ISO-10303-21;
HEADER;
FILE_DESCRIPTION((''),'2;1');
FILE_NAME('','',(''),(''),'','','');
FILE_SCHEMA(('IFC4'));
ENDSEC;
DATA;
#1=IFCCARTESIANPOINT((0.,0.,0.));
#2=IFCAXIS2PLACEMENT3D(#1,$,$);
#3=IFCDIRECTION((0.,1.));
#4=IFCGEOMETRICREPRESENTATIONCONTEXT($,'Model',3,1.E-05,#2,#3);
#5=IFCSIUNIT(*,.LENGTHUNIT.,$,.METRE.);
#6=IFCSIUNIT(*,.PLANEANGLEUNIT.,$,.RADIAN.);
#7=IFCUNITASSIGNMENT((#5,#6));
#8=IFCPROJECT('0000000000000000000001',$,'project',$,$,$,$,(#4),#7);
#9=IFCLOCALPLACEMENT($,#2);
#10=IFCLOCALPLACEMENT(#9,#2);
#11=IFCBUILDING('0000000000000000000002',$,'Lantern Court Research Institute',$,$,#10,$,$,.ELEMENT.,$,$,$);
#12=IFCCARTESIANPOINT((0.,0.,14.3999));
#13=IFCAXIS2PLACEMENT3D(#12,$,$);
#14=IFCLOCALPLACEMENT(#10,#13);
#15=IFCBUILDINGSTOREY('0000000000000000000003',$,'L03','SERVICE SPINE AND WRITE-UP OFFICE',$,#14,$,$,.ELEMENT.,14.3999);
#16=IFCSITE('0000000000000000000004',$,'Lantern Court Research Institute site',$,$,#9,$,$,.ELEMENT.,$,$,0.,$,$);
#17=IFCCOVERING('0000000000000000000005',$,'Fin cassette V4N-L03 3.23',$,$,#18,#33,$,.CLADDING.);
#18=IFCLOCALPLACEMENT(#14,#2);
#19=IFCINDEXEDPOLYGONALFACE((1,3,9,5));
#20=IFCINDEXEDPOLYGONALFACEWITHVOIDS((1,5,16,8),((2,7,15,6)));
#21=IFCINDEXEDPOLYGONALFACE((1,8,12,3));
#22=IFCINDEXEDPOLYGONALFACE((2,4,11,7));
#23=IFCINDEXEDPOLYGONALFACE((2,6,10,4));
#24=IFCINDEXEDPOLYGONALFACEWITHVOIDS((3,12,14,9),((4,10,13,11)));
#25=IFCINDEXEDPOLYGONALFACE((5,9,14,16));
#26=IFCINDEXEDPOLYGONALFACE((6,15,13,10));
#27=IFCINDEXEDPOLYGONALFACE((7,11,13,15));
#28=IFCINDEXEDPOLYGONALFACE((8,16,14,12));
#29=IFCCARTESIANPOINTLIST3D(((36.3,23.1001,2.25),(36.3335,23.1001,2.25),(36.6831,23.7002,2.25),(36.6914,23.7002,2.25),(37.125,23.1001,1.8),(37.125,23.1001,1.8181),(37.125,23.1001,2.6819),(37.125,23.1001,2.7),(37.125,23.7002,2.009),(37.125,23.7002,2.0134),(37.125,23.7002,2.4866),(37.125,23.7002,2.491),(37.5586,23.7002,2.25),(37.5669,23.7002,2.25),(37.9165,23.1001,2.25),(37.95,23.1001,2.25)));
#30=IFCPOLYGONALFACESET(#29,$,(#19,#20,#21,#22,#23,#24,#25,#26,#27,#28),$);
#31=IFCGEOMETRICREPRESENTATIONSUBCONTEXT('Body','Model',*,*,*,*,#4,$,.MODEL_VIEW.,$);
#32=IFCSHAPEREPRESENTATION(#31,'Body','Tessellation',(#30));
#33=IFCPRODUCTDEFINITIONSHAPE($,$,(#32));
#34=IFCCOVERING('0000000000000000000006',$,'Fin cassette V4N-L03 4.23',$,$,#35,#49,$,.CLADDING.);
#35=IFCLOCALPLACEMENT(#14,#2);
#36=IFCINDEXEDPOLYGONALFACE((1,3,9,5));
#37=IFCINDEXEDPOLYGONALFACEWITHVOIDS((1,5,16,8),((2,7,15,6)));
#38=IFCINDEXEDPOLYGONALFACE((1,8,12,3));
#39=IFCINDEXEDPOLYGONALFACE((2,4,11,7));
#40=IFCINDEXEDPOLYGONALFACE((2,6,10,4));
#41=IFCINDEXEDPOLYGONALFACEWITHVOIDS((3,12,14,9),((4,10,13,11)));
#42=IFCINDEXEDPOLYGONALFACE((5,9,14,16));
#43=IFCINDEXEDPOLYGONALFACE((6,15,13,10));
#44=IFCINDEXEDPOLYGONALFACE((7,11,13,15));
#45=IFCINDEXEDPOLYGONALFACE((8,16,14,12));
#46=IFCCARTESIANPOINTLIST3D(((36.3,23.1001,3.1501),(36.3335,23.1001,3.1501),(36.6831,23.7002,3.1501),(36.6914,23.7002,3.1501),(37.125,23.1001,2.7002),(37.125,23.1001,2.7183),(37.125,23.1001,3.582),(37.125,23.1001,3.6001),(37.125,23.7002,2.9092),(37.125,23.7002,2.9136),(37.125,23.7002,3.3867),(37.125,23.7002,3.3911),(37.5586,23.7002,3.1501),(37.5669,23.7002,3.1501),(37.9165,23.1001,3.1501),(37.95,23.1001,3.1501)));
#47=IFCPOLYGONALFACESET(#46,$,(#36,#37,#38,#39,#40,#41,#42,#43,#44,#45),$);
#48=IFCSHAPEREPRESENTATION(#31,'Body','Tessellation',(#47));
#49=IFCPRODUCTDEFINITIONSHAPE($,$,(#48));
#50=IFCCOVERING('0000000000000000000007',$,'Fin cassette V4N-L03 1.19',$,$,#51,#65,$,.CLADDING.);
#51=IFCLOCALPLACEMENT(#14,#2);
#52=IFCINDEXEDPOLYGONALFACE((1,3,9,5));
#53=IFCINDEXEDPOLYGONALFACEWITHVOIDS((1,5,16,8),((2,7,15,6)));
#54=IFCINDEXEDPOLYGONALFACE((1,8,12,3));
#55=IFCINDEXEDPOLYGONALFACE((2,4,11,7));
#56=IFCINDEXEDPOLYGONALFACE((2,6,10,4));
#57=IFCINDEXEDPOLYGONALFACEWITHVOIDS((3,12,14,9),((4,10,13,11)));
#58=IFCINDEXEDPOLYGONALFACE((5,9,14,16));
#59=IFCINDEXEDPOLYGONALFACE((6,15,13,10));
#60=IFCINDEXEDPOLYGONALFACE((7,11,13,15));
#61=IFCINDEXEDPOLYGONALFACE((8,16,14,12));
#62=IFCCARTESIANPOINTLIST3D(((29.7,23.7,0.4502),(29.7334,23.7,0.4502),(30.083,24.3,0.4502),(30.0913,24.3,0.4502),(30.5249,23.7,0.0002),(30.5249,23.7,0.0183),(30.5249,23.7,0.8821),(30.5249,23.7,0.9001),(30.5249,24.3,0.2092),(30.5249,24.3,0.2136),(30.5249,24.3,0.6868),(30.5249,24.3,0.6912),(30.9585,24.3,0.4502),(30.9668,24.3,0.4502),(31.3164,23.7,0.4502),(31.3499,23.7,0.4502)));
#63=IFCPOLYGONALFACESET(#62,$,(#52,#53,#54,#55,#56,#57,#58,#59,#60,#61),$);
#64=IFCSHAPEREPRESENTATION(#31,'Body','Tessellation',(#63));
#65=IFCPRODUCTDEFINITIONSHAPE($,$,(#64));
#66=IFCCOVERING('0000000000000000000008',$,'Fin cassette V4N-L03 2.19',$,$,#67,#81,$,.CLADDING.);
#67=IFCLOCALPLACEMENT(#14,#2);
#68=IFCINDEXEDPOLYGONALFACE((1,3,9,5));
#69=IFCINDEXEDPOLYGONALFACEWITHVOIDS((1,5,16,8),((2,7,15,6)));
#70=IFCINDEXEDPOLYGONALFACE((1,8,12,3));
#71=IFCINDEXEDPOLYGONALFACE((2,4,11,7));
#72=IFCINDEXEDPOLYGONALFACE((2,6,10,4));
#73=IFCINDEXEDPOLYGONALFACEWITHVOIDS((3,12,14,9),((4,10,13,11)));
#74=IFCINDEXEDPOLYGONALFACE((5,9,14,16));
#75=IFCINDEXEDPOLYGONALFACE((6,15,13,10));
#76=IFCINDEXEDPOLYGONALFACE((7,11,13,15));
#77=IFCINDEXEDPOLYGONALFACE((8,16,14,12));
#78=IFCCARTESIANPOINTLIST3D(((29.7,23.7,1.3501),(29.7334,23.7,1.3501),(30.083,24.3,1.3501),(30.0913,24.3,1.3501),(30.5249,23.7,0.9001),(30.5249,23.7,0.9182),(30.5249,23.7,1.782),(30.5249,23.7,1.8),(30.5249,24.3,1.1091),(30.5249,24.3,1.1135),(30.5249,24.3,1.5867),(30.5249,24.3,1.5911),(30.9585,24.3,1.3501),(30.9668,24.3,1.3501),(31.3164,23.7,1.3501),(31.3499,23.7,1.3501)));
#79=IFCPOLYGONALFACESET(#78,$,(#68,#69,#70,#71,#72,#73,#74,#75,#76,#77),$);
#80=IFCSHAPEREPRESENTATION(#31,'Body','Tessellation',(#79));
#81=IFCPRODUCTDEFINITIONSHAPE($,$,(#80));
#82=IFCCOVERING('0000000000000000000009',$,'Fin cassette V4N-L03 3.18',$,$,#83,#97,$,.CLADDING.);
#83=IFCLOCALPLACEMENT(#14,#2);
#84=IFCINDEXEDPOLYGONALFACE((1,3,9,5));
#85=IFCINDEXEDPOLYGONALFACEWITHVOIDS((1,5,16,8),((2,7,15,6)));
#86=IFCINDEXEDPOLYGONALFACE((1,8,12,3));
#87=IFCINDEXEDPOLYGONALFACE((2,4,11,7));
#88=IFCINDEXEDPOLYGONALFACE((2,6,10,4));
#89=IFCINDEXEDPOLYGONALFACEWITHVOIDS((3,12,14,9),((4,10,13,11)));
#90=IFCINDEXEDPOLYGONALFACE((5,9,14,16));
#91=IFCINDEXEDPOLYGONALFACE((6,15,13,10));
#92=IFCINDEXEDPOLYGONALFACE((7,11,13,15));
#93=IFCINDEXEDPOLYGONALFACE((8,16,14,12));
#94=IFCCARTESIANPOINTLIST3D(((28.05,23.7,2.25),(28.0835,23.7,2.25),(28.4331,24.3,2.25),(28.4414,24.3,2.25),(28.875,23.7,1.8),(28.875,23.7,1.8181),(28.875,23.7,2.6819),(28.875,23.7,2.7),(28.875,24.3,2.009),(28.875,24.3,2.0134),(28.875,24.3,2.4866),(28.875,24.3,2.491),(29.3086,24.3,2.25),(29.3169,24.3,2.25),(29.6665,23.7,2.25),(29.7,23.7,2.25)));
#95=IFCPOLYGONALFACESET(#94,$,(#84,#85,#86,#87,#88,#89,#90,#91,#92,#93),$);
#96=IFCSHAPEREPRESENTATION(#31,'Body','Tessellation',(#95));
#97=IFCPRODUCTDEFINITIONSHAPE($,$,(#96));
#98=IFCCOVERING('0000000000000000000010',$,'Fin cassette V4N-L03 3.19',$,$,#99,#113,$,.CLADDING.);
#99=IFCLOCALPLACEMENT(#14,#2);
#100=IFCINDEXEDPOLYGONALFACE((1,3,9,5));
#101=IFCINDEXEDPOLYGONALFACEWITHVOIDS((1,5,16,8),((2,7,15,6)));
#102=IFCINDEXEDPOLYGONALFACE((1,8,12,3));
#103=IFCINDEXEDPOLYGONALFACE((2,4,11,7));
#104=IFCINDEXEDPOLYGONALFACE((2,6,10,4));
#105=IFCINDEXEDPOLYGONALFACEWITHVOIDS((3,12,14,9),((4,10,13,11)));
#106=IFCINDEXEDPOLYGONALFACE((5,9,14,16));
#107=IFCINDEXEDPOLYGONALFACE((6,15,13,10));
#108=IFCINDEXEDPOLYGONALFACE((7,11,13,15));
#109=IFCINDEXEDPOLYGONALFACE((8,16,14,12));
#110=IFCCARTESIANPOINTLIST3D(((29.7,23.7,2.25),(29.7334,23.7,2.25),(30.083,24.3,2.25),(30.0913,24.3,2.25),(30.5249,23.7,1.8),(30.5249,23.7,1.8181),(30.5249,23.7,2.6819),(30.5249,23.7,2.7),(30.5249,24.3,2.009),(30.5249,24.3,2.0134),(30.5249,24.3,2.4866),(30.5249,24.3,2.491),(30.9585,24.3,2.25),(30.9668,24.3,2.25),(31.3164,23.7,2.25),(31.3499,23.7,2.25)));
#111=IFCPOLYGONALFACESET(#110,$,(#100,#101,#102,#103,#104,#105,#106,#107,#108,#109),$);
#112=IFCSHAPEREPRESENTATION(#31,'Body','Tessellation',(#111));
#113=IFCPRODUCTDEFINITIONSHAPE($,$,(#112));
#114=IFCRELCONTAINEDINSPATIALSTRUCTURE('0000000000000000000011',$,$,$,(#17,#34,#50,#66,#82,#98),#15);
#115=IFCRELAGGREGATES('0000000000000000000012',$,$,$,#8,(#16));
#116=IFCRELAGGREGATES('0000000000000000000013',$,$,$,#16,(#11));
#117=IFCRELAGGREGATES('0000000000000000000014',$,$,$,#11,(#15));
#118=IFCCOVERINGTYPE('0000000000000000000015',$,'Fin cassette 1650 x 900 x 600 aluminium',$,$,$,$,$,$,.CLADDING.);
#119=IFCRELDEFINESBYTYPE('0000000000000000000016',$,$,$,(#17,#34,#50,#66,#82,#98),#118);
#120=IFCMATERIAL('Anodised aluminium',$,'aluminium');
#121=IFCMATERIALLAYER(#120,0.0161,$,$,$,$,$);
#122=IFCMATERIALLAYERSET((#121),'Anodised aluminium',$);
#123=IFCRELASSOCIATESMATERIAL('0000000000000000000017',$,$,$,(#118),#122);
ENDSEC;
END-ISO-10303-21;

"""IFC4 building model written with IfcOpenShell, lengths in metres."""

from ifc_helpers import new_model, entity, si_unit, direction, frame, origin, place, context, subcontext, project, spatial, material, layer, layer_set, type_object, element, save


model = new_model("IFC4")

# Units and contexts
model_context = context("Model", 3, precision=1e-05, world=origin(), true_north=direction((0.0, 1.0)))
body_context = subcontext(model_context, "Body", "Model", "MODEL_VIEW")
ifc_project = project(units=[si_unit("LENGTHUNIT", "METRE"), si_unit("PLANEANGLEUNIT", "RADIAN")], contexts=[model_context])

# Site, building, storey
site_placement = place(None, origin())
site = spatial("IfcSite", under=ifc_project, at=site_placement, Name="Lantern Court Research Institute site", CompositionType="ELEMENT", RefElevation=0.0)
building_placement = place(site_placement, origin())
building = spatial("IfcBuilding", under=site, at=building_placement, Name="Lantern Court Research Institute", CompositionType="ELEMENT")
storey_placement = place(building_placement, frame((0.0, 0.0, 14.3999)))
storey = spatial("IfcBuildingStorey", under=building, at=storey_placement, Name="L03", Description="SERVICE SPINE AND WRITE-UP OFFICE", CompositionType="ELEMENT", Elevation=14.3999)

# Coverings
ifc_material_1 = material(Name="Anodised aluminium", Category="aluminium")
ifc_layer_1 = layer(ifc_material_1, 0.0161)
ifc_layer_set_1 = layer_set([ifc_layer_1], Name="Anodised aluminium")
covering_type = type_object("IfcCoveringType", Name="Fin cassette 1650 x 900 x 600 aluminium", PredefinedType="CLADDING", material=ifc_layer_set_1)
covering_1_placement = place(storey_placement, frame((37.125, 23.1001, 2.25), z_axis=(0.0, 1.0, 0.0), x_axis=(-1.0, 0.0, 0.0)))
cartesian_point_1 = entity("IfcCartesianPoint", [0.825, 0.0])
cartesian_point_2 = entity("IfcCartesianPoint", [0.7915, 0.0])
cartesian_point_3 = entity("IfcCartesianPoint", [0.4419, 0.0])
cartesian_point_4 = entity("IfcCartesianPoint", [0.4336, 0.0])
element("IfcCovering", 1, at=covering_1_placement, inside=storey, type_object=covering_type, Name="Fin cassette V4N-L03 3.23", PredefinedType="CLADDING", context=body_context, shape_type="SweptSolid", body=[
    entity("IfcExtrudedAreaSolidTapered", entity("IfcArbitraryProfileDefWithVoids", "AREA", None, entity("IfcPolyline", [cartesian_point_1, entity("IfcCartesianPoint", [0.0, 0.45]), entity("IfcCartesianPoint", [-0.825, 0.0]), entity("IfcCartesianPoint", [0.0, -0.45]), cartesian_point_1]), [entity("IfcPolyline", [cartesian_point_2, entity("IfcCartesianPoint", [0.0, 0.4319]), entity("IfcCartesianPoint", [-0.7915, 0.0]), entity("IfcCartesianPoint", [0.0, -0.4319]), cartesian_point_2])]), entity("IfcAxis2Placement3D", entity("IfcCartesianPoint", [0.0, 0.0, 0.0])), entity("IfcDirection", [0.0, 0.0, 1.0]), 0.6001, entity("IfcArbitraryProfileDefWithVoids", "AREA", None, entity("IfcPolyline", [cartesian_point_3, entity("IfcCartesianPoint", [0.0, 0.241]), entity("IfcCartesianPoint", [-0.4419, 0.0]), entity("IfcCartesianPoint", [0.0, -0.241]), cartesian_point_3]), [entity("IfcPolyline", [cartesian_point_4, entity("IfcCartesianPoint", [0.0, 0.2366]), entity("IfcCartesianPoint", [-0.4336, 0.0]), entity("IfcCartesianPoint", [0.0, -0.2366]), cartesian_point_4])])),
])
covering_2_placement = place(storey_placement, frame((37.125, 23.1001, 3.1501), z_axis=(0.0, 1.0, 0.0), x_axis=(-1.0, 0.0, 0.0)))
cartesian_point_5 = entity("IfcCartesianPoint", [0.825, 0.0])
cartesian_point_6 = entity("IfcCartesianPoint", [0.7915, 0.0])
cartesian_point_7 = entity("IfcCartesianPoint", [0.4419, 0.0])
cartesian_point_8 = entity("IfcCartesianPoint", [0.4336, 0.0])
element("IfcCovering", 2, at=covering_2_placement, inside=storey, type_object=covering_type, Name="Fin cassette V4N-L03 4.23", PredefinedType="CLADDING", context=body_context, shape_type="SweptSolid", body=[
    entity("IfcExtrudedAreaSolidTapered", entity("IfcArbitraryProfileDefWithVoids", "AREA", None, entity("IfcPolyline", [cartesian_point_5, entity("IfcCartesianPoint", [0.0, 0.45]), entity("IfcCartesianPoint", [-0.825, 0.0]), entity("IfcCartesianPoint", [0.0, -0.45]), cartesian_point_5]), [entity("IfcPolyline", [cartesian_point_6, entity("IfcCartesianPoint", [0.0, 0.4319]), entity("IfcCartesianPoint", [-0.7915, 0.0]), entity("IfcCartesianPoint", [0.0, -0.4319]), cartesian_point_6])]), entity("IfcAxis2Placement3D", entity("IfcCartesianPoint", [0.0, 0.0, 0.0])), entity("IfcDirection", [0.0, 0.0, 1.0]), 0.6001, entity("IfcArbitraryProfileDefWithVoids", "AREA", None, entity("IfcPolyline", [cartesian_point_7, entity("IfcCartesianPoint", [0.0, 0.241]), entity("IfcCartesianPoint", [-0.4419, 0.0]), entity("IfcCartesianPoint", [0.0, -0.241]), cartesian_point_7]), [entity("IfcPolyline", [cartesian_point_8, entity("IfcCartesianPoint", [0.0, 0.2366]), entity("IfcCartesianPoint", [-0.4336, 0.0]), entity("IfcCartesianPoint", [0.0, -0.2366]), cartesian_point_8])])),
])
covering_3_placement = place(storey_placement, frame((30.5249, 23.7, 0.4502), z_axis=(0.0, 1.0, 0.0), x_axis=(-1.0, 0.0, 0.0)))
cartesian_point_9 = entity("IfcCartesianPoint", [0.825, 0.0])
cartesian_point_10 = entity("IfcCartesianPoint", [0.7915, 0.0])
cartesian_point_11 = entity("IfcCartesianPoint", [0.4419, 0.0])
cartesian_point_12 = entity("IfcCartesianPoint", [0.4336, 0.0])
element("IfcCovering", 3, at=covering_3_placement, inside=storey, type_object=covering_type, Name="Fin cassette V4N-L03 1.19", PredefinedType="CLADDING", context=body_context, shape_type="SweptSolid", body=[
    entity("IfcExtrudedAreaSolidTapered", entity("IfcArbitraryProfileDefWithVoids", "AREA", None, entity("IfcPolyline", [cartesian_point_9, entity("IfcCartesianPoint", [0.0, 0.45]), entity("IfcCartesianPoint", [-0.825, 0.0]), entity("IfcCartesianPoint", [0.0, -0.45]), cartesian_point_9]), [entity("IfcPolyline", [cartesian_point_10, entity("IfcCartesianPoint", [0.0, 0.4319]), entity("IfcCartesianPoint", [-0.7915, 0.0]), entity("IfcCartesianPoint", [0.0, -0.4319]), cartesian_point_10])]), entity("IfcAxis2Placement3D", entity("IfcCartesianPoint", [0.0, 0.0, 0.0])), entity("IfcDirection", [0.0, 0.0, 1.0]), 0.6001, entity("IfcArbitraryProfileDefWithVoids", "AREA", None, entity("IfcPolyline", [cartesian_point_11, entity("IfcCartesianPoint", [0.0, 0.241]), entity("IfcCartesianPoint", [-0.4419, 0.0]), entity("IfcCartesianPoint", [0.0, -0.241]), cartesian_point_11]), [entity("IfcPolyline", [cartesian_point_12, entity("IfcCartesianPoint", [0.0, 0.2366]), entity("IfcCartesianPoint", [-0.4336, 0.0]), entity("IfcCartesianPoint", [0.0, -0.2366]), cartesian_point_12])])),
])
covering_4_placement = place(storey_placement, frame((30.5249, 23.7, 1.3501), z_axis=(0.0, 1.0, 0.0), x_axis=(-1.0, 0.0, 0.0)))
cartesian_point_13 = entity("IfcCartesianPoint", [0.825, 0.0])
cartesian_point_14 = entity("IfcCartesianPoint", [0.7915, 0.0])
cartesian_point_15 = entity("IfcCartesianPoint", [0.4419, 0.0])
cartesian_point_16 = entity("IfcCartesianPoint", [0.4336, 0.0])
element("IfcCovering", 4, at=covering_4_placement, inside=storey, type_object=covering_type, Name="Fin cassette V4N-L03 2.19", PredefinedType="CLADDING", context=body_context, shape_type="SweptSolid", body=[
    entity("IfcExtrudedAreaSolidTapered", entity("IfcArbitraryProfileDefWithVoids", "AREA", None, entity("IfcPolyline", [cartesian_point_13, entity("IfcCartesianPoint", [0.0, 0.45]), entity("IfcCartesianPoint", [-0.825, 0.0]), entity("IfcCartesianPoint", [0.0, -0.45]), cartesian_point_13]), [entity("IfcPolyline", [cartesian_point_14, entity("IfcCartesianPoint", [0.0, 0.4319]), entity("IfcCartesianPoint", [-0.7915, 0.0]), entity("IfcCartesianPoint", [0.0, -0.4319]), cartesian_point_14])]), entity("IfcAxis2Placement3D", entity("IfcCartesianPoint", [0.0, 0.0, 0.0])), entity("IfcDirection", [0.0, 0.0, 1.0]), 0.6001, entity("IfcArbitraryProfileDefWithVoids", "AREA", None, entity("IfcPolyline", [cartesian_point_15, entity("IfcCartesianPoint", [0.0, 0.241]), entity("IfcCartesianPoint", [-0.4419, 0.0]), entity("IfcCartesianPoint", [0.0, -0.241]), cartesian_point_15]), [entity("IfcPolyline", [cartesian_point_16, entity("IfcCartesianPoint", [0.0, 0.2366]), entity("IfcCartesianPoint", [-0.4336, 0.0]), entity("IfcCartesianPoint", [0.0, -0.2366]), cartesian_point_16])])),
])
covering_5_placement = place(storey_placement, frame((28.875, 23.7, 2.25), z_axis=(0.0, 1.0, 0.0), x_axis=(-1.0, 0.0, 0.0)))
cartesian_point_17 = entity("IfcCartesianPoint", [0.825, 0.0])
cartesian_point_18 = entity("IfcCartesianPoint", [0.7915, 0.0])
cartesian_point_19 = entity("IfcCartesianPoint", [0.4419, 0.0])
cartesian_point_20 = entity("IfcCartesianPoint", [0.4336, 0.0])
element("IfcCovering", 5, at=covering_5_placement, inside=storey, type_object=covering_type, Name="Fin cassette V4N-L03 3.18", PredefinedType="CLADDING", context=body_context, shape_type="SweptSolid", body=[
    entity("IfcExtrudedAreaSolidTapered", entity("IfcArbitraryProfileDefWithVoids", "AREA", None, entity("IfcPolyline", [cartesian_point_17, entity("IfcCartesianPoint", [0.0, 0.45]), entity("IfcCartesianPoint", [-0.825, 0.0]), entity("IfcCartesianPoint", [0.0, -0.45]), cartesian_point_17]), [entity("IfcPolyline", [cartesian_point_18, entity("IfcCartesianPoint", [0.0, 0.4319]), entity("IfcCartesianPoint", [-0.7915, 0.0]), entity("IfcCartesianPoint", [0.0, -0.4319]), cartesian_point_18])]), entity("IfcAxis2Placement3D", entity("IfcCartesianPoint", [0.0, 0.0, 0.0])), entity("IfcDirection", [0.0, 0.0, 1.0]), 0.6001, entity("IfcArbitraryProfileDefWithVoids", "AREA", None, entity("IfcPolyline", [cartesian_point_19, entity("IfcCartesianPoint", [0.0, 0.241]), entity("IfcCartesianPoint", [-0.4419, 0.0]), entity("IfcCartesianPoint", [0.0, -0.241]), cartesian_point_19]), [entity("IfcPolyline", [cartesian_point_20, entity("IfcCartesianPoint", [0.0, 0.2366]), entity("IfcCartesianPoint", [-0.4336, 0.0]), entity("IfcCartesianPoint", [0.0, -0.2366]), cartesian_point_20])])),
])
covering_6_placement = place(storey_placement, frame((30.5249, 23.7, 2.25), z_axis=(0.0, 1.0, 0.0), x_axis=(-1.0, 0.0, 0.0)))
cartesian_point_21 = entity("IfcCartesianPoint", [0.825, 0.0])
cartesian_point_22 = entity("IfcCartesianPoint", [0.7915, 0.0])
cartesian_point_23 = entity("IfcCartesianPoint", [0.4419, 0.0])
cartesian_point_24 = entity("IfcCartesianPoint", [0.4336, 0.0])
element("IfcCovering", 6, at=covering_6_placement, inside=storey, type_object=covering_type, Name="Fin cassette V4N-L03 3.19", PredefinedType="CLADDING", context=body_context, shape_type="SweptSolid", body=[
    entity("IfcExtrudedAreaSolidTapered", entity("IfcArbitraryProfileDefWithVoids", "AREA", None, entity("IfcPolyline", [cartesian_point_21, entity("IfcCartesianPoint", [0.0, 0.45]), entity("IfcCartesianPoint", [-0.825, 0.0]), entity("IfcCartesianPoint", [0.0, -0.45]), cartesian_point_21]), [entity("IfcPolyline", [cartesian_point_22, entity("IfcCartesianPoint", [0.0, 0.4319]), entity("IfcCartesianPoint", [-0.7915, 0.0]), entity("IfcCartesianPoint", [0.0, -0.4319]), cartesian_point_22])]), entity("IfcAxis2Placement3D", entity("IfcCartesianPoint", [0.0, 0.0, 0.0])), entity("IfcDirection", [0.0, 0.0, 1.0]), 0.6001, entity("IfcArbitraryProfileDefWithVoids", "AREA", None, entity("IfcPolyline", [cartesian_point_23, entity("IfcCartesianPoint", [0.0, 0.241]), entity("IfcCartesianPoint", [-0.4419, 0.0]), entity("IfcCartesianPoint", [0.0, -0.241]), cartesian_point_23]), [entity("IfcPolyline", [cartesian_point_24, entity("IfcCartesianPoint", [0.0, 0.2366]), entity("IfcCartesianPoint", [-0.4336, 0.0]), entity("IfcCartesianPoint", [0.0, -0.2366]), cartesian_point_24])])),
])

save(model, "model.ifc")
